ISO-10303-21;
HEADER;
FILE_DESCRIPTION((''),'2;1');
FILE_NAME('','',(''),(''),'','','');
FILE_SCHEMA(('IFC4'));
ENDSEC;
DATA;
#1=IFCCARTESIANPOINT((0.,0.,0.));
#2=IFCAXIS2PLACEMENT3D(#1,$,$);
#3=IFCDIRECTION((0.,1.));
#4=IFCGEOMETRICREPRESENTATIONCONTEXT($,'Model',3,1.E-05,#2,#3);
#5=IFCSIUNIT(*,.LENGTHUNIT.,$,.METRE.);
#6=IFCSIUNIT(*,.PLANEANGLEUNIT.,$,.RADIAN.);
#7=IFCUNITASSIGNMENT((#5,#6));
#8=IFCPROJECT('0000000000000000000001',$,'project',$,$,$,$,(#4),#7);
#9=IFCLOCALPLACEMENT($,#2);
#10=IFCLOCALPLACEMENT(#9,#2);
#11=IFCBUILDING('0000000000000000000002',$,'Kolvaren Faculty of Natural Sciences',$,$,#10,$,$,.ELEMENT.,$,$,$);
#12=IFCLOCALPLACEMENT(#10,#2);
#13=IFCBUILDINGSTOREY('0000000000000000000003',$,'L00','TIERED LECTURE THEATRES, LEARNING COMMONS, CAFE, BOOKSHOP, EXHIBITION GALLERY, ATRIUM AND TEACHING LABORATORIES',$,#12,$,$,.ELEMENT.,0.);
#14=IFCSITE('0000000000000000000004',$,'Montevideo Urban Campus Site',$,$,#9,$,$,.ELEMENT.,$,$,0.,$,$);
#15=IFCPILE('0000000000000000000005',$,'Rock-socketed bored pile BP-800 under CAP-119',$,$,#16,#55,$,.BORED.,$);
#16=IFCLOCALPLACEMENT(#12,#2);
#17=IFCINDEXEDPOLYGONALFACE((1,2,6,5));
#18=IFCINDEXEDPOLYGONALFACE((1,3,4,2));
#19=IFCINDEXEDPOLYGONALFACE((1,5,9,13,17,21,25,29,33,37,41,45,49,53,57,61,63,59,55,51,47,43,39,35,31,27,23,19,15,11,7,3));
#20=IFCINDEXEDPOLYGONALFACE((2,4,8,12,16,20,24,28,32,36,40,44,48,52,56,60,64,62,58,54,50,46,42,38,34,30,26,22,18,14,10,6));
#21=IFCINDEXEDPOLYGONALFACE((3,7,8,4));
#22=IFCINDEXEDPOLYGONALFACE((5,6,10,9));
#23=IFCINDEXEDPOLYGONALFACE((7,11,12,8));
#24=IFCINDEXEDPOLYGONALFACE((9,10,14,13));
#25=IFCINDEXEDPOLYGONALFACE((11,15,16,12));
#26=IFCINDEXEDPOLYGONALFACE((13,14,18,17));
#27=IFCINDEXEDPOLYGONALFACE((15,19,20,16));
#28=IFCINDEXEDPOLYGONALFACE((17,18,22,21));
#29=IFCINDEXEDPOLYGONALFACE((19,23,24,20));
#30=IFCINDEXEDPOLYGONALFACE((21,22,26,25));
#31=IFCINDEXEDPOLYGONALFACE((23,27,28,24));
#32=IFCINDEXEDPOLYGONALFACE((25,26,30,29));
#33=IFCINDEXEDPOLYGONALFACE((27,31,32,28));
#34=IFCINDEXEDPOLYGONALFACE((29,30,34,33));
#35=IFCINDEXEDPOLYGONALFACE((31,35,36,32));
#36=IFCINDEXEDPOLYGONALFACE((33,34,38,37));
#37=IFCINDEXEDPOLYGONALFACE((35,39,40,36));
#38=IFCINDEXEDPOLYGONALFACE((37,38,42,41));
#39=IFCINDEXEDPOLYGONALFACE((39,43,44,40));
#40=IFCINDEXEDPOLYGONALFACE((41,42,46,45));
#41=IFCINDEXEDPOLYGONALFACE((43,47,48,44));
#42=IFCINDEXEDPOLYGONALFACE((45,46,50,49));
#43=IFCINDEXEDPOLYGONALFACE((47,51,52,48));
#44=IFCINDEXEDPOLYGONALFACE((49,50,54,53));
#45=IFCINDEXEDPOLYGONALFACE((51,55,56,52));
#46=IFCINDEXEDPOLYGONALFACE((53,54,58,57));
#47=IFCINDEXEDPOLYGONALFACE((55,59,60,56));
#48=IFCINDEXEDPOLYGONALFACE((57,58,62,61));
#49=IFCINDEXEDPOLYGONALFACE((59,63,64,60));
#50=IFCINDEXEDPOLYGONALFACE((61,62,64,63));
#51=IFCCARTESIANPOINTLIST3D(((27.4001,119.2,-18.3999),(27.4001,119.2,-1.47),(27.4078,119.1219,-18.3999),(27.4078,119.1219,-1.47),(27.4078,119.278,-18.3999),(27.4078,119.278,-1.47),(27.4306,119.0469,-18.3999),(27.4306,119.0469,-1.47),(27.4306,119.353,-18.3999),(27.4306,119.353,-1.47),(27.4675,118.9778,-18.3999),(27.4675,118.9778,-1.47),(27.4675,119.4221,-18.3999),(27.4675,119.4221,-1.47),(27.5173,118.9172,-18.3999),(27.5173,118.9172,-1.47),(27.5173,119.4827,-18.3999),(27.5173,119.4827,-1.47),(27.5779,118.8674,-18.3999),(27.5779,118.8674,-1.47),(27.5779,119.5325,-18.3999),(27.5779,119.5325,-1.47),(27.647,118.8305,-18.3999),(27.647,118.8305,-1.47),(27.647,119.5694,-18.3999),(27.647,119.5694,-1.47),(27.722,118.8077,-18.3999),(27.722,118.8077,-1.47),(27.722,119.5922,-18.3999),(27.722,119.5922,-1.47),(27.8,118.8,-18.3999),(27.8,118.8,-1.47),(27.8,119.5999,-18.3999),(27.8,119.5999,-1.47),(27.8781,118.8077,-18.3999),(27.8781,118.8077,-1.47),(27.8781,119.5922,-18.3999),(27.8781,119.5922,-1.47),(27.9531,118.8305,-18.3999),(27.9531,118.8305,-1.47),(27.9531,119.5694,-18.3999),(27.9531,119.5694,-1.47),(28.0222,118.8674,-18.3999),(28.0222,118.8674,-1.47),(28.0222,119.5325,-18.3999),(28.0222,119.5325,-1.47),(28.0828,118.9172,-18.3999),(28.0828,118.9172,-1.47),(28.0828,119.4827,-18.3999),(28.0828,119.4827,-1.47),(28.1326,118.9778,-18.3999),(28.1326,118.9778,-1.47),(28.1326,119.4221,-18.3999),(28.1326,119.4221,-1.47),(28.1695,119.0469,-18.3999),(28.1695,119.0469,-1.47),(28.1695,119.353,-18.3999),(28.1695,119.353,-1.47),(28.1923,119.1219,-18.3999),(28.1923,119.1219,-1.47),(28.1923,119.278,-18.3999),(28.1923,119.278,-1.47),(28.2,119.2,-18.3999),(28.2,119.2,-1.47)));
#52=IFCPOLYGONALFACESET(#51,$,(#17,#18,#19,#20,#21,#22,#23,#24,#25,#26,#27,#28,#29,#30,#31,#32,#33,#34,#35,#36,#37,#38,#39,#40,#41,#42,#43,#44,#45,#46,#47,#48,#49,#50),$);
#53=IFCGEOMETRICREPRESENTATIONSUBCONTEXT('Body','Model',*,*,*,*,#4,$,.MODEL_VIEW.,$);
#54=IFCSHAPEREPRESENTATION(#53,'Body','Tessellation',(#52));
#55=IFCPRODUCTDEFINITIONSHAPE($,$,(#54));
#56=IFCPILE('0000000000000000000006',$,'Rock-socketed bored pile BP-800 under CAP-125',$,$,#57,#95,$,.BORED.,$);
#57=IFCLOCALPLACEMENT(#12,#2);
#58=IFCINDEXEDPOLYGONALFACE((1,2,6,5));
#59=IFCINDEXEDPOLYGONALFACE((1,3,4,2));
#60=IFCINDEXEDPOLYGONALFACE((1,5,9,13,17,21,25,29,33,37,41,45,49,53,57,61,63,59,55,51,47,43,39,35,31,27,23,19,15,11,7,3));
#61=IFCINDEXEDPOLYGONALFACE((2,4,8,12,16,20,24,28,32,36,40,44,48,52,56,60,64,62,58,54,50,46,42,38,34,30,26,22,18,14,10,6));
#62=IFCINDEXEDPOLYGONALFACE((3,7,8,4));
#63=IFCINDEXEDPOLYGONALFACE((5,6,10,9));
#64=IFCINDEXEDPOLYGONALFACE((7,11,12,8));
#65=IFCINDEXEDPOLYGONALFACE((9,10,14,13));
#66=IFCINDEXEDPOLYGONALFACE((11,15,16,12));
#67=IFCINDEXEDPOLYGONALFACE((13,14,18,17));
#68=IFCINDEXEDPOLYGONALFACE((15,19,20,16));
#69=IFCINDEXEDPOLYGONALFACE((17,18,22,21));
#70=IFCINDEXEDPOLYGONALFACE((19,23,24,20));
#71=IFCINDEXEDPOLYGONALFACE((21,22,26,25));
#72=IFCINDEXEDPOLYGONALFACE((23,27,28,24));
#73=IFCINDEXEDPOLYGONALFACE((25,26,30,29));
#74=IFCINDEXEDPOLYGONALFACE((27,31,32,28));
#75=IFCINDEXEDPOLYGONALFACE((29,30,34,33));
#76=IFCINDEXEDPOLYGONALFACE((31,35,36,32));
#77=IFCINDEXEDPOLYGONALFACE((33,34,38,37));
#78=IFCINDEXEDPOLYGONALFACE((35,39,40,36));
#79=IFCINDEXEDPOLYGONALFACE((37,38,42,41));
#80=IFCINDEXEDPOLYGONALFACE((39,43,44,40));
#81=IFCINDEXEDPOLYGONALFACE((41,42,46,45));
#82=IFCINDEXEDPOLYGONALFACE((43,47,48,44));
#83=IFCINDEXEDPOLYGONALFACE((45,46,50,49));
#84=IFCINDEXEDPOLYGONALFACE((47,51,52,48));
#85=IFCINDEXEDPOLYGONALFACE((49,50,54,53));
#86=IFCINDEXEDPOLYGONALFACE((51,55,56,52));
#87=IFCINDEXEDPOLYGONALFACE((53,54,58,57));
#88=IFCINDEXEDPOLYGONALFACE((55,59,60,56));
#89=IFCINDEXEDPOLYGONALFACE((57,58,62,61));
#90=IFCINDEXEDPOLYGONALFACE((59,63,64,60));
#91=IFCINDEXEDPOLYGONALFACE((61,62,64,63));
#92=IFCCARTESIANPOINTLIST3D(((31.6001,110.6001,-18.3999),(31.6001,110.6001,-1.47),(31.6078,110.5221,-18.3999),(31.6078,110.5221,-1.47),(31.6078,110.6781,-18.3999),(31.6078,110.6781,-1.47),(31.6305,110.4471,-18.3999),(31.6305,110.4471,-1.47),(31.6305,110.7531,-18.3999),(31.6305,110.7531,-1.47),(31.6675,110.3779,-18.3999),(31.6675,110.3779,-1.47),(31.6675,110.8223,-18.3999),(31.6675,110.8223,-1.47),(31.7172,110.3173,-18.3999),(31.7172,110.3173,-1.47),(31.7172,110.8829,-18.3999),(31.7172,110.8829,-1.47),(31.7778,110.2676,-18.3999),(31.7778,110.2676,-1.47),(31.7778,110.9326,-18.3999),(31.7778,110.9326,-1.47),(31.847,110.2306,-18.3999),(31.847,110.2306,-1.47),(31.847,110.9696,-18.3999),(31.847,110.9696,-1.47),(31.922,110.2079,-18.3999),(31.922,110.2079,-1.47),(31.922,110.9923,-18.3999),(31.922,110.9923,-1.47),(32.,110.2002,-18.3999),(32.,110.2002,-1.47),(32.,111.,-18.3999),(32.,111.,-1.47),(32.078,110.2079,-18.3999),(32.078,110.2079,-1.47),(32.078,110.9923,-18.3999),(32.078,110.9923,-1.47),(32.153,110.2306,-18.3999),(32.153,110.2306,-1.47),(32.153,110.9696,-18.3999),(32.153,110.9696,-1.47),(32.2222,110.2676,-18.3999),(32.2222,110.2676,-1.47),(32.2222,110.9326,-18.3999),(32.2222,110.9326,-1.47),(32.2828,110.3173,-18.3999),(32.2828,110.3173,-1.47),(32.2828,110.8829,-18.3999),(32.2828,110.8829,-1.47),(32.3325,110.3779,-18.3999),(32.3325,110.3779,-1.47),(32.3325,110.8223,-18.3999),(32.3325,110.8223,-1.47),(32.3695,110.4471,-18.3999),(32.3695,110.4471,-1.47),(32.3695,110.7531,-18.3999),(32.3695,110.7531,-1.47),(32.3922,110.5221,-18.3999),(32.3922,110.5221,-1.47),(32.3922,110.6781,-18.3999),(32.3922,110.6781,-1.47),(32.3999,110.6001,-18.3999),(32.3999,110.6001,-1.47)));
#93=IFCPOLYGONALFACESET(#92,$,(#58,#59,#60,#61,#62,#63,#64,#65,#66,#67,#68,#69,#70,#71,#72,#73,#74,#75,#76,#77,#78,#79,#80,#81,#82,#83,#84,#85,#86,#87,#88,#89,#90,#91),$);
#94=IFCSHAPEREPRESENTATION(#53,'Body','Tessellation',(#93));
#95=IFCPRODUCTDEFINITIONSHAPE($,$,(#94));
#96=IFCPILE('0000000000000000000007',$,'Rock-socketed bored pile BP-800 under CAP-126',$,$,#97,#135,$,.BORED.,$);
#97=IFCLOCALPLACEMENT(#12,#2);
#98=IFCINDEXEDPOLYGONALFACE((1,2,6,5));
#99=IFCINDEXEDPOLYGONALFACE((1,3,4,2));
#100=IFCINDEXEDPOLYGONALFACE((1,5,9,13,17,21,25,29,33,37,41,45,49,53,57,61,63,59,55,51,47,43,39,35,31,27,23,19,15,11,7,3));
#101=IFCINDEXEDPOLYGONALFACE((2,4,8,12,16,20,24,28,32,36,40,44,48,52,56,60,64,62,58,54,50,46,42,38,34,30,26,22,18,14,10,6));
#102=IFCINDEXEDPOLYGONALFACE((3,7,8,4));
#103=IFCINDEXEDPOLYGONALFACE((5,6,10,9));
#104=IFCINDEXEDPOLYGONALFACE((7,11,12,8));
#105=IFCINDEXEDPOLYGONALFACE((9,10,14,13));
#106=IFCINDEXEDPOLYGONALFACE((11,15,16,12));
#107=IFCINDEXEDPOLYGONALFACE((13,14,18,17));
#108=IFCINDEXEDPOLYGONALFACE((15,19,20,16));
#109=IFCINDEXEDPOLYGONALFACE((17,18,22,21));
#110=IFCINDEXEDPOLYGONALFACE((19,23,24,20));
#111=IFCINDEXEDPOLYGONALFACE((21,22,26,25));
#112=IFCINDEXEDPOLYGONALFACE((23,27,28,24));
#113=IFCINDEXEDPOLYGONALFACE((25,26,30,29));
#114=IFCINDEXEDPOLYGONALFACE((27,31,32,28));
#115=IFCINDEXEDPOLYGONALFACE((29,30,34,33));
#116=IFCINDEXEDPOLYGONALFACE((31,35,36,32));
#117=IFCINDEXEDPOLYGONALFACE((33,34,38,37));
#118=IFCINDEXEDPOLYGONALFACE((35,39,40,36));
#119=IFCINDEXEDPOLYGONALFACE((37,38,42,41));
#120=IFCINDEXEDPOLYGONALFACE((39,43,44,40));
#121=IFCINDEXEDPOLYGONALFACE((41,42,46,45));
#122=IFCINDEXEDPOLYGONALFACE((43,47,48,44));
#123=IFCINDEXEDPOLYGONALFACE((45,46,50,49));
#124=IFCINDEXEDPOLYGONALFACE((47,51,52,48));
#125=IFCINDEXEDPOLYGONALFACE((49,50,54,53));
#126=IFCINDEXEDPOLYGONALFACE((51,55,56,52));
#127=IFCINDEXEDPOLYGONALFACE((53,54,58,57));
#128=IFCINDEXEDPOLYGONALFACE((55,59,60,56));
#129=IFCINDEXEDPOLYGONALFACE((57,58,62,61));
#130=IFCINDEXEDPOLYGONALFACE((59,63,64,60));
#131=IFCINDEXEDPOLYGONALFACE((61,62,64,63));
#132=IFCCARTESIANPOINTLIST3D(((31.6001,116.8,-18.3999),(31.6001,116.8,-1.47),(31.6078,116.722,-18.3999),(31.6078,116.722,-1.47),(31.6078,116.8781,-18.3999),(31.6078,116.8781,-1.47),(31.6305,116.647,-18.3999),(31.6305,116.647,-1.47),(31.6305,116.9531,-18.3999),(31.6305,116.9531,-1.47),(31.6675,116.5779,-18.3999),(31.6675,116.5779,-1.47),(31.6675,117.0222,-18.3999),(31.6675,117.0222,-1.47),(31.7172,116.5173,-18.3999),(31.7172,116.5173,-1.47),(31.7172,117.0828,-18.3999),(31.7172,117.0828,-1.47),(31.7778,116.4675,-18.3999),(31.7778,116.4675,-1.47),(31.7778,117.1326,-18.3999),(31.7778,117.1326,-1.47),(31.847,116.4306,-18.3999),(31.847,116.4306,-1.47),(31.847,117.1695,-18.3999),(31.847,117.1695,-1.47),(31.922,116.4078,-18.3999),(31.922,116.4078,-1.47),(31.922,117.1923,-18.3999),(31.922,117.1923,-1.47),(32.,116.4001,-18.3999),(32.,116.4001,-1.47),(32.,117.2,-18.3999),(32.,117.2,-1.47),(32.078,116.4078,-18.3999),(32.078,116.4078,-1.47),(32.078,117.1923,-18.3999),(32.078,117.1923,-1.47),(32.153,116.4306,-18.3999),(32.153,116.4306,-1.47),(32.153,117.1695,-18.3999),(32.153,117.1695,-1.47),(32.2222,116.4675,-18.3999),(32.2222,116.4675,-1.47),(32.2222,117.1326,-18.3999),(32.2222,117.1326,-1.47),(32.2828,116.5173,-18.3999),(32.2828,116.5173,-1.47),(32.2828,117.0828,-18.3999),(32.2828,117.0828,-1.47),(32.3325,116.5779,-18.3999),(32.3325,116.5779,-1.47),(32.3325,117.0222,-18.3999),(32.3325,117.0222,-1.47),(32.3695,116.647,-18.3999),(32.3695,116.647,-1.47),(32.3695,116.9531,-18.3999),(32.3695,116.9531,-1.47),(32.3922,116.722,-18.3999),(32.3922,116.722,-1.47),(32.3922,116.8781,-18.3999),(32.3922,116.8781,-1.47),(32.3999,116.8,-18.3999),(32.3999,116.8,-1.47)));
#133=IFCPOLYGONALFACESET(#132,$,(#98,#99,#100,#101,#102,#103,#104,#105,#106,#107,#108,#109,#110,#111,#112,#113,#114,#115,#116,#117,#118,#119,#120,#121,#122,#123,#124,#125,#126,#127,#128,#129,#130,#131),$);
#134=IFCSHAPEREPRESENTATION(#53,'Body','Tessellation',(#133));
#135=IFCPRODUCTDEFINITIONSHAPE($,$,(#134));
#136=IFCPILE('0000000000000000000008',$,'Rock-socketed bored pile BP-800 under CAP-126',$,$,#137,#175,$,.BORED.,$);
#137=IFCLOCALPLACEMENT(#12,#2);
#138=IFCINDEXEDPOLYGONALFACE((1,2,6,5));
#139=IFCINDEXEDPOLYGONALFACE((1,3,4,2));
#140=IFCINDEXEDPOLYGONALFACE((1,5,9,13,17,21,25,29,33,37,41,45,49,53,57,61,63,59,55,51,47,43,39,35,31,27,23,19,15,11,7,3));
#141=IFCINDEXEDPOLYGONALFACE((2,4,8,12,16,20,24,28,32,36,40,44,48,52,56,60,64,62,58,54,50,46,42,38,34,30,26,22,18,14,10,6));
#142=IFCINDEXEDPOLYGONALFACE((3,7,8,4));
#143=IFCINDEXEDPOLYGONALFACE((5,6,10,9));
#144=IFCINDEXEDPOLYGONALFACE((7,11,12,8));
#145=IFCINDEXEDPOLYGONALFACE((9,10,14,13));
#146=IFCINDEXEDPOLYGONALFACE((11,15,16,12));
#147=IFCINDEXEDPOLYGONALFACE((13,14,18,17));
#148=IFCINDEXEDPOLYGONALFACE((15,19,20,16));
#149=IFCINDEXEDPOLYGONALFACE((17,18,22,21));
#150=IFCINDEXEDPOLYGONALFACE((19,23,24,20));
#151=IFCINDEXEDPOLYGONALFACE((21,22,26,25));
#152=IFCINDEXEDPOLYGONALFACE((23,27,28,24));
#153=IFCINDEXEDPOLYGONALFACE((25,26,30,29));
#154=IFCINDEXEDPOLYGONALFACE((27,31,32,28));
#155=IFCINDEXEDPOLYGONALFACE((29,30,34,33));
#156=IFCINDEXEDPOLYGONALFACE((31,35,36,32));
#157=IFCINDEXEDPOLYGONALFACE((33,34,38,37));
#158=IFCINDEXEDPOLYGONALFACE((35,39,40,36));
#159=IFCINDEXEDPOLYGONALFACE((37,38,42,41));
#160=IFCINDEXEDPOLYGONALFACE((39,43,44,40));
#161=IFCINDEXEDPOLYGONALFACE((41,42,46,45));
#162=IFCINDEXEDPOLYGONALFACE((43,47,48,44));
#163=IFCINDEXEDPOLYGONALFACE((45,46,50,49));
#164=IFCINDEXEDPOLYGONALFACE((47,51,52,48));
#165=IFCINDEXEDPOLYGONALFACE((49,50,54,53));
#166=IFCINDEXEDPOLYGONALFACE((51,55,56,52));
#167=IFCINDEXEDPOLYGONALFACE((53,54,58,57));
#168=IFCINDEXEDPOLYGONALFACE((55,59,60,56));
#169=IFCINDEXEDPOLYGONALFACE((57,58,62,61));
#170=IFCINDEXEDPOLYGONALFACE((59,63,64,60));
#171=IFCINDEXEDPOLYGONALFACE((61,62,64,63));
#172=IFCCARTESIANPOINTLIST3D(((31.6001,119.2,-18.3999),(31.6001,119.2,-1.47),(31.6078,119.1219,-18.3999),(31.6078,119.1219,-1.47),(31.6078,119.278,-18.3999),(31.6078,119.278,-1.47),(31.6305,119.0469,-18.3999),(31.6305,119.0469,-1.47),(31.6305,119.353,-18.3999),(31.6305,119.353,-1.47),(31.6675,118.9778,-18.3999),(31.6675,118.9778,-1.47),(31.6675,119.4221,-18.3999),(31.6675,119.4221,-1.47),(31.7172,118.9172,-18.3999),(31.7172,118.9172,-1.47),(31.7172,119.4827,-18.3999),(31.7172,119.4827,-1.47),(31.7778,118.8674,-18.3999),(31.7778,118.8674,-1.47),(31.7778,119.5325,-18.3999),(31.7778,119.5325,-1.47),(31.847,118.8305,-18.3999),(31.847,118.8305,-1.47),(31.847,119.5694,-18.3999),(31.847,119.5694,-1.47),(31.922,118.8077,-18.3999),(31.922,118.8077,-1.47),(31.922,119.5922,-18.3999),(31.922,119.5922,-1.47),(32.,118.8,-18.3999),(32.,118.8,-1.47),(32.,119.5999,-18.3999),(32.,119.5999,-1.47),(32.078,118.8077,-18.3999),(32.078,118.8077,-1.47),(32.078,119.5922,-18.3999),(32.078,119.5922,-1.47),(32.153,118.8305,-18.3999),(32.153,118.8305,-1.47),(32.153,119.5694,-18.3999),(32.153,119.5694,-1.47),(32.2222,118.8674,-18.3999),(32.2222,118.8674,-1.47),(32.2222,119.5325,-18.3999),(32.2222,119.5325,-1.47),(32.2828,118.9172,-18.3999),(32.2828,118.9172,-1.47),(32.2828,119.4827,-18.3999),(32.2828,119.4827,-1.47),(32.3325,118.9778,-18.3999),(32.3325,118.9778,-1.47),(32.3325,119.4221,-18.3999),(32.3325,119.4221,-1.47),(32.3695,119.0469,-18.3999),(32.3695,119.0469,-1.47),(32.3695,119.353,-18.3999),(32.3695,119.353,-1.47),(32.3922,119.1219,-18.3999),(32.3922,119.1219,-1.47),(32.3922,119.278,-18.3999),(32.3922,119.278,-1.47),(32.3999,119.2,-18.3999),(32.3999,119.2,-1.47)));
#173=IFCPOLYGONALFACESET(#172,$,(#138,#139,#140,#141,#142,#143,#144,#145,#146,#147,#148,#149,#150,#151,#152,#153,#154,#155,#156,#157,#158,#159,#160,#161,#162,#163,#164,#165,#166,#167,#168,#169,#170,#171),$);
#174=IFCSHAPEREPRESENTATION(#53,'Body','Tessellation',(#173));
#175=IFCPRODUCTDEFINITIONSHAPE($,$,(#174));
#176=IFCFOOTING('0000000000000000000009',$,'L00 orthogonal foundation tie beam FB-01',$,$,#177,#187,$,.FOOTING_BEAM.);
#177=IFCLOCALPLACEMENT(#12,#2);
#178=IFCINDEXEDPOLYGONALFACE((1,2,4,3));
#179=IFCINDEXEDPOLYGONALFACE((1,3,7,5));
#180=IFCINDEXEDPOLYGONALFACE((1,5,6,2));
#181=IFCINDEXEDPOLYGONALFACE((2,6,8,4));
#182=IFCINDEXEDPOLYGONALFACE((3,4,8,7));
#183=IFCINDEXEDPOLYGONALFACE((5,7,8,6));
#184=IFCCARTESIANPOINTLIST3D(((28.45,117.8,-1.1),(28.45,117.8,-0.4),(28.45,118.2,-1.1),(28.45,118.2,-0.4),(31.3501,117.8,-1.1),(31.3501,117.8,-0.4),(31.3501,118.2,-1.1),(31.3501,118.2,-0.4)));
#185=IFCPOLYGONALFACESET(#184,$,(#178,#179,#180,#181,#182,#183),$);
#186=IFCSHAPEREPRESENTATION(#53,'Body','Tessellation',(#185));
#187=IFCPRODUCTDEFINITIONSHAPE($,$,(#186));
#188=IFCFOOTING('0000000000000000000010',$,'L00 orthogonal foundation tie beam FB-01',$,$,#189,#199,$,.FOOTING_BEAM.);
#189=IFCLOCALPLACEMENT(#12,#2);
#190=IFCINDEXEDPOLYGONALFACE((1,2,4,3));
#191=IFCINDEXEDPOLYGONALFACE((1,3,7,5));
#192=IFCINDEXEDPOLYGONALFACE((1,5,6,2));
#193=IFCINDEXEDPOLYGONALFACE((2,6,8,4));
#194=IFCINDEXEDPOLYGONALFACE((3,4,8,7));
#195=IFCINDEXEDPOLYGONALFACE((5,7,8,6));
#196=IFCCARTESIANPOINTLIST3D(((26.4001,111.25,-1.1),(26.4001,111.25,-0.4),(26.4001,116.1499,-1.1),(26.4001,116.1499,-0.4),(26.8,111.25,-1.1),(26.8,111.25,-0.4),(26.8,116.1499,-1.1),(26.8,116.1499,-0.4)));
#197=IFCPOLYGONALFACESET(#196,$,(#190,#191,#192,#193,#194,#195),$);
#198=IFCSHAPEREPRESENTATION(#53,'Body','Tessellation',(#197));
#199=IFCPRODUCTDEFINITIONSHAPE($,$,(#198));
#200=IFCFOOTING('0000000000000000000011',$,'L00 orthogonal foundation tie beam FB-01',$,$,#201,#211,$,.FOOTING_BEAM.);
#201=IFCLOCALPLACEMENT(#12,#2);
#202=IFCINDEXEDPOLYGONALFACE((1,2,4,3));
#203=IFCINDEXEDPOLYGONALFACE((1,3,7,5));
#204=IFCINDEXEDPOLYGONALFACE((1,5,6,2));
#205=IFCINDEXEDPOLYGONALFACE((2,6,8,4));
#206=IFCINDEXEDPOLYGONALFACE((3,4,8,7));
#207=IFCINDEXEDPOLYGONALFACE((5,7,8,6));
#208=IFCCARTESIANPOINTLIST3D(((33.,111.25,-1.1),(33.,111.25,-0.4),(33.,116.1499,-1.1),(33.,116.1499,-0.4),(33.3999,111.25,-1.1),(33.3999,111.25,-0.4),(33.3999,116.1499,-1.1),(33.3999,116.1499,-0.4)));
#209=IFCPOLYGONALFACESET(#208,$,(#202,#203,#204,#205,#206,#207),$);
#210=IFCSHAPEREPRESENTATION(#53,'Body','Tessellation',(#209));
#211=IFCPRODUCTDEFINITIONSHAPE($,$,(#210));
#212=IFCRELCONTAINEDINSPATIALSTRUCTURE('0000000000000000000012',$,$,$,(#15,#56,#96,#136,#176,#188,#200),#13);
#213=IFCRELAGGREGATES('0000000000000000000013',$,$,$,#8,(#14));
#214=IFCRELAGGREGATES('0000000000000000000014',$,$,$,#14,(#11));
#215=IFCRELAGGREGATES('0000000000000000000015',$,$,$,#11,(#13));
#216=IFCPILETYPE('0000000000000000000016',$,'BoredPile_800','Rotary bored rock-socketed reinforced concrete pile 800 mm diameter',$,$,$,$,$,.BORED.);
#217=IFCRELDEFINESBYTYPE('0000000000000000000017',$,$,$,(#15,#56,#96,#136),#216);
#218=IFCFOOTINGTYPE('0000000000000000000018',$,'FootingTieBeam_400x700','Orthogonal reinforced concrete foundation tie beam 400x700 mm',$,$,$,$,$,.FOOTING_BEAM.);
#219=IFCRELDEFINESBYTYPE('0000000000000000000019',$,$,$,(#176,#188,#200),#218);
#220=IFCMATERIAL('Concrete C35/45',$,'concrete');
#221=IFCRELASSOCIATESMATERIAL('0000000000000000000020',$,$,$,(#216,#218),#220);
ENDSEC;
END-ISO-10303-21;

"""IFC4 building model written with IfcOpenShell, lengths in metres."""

from ifc_helpers import new_model, si_unit, direction, frame, origin, origin_2d, place, context, subcontext, project, spatial, rectangle, circle, extrude, material, material_profile, profile_set, type_object, element, save


model = new_model("IFC4")

# Units and contexts
model_context = context("Model", 3, precision=1e-05, world=origin(), true_north=direction((0.0, 1.0)))
body_context = subcontext(model_context, "Body", "Model", "MODEL_VIEW")
ifc_project = project(units=[si_unit("LENGTHUNIT", "METRE"), si_unit("PLANEANGLEUNIT", "RADIAN")], contexts=[model_context])

# Site, building, storey
site_placement = place(None, origin())
site = spatial("IfcSite", under=ifc_project, at=site_placement, Name="Montevideo Urban Campus Site", CompositionType="ELEMENT", RefElevation=0.0)
building_placement = place(site_placement, origin())
building = spatial("IfcBuilding", under=site, at=building_placement, Name="Kolvaren Faculty of Natural Sciences", CompositionType="ELEMENT")
storey_placement = place(building_placement, origin())
storey = spatial("IfcBuildingStorey", under=building, at=storey_placement, Name="L00", Description="TIERED LECTURE THEATRES, LEARNING COMMONS, CAFE, BOOKSHOP, EXHIBITION GALLERY, ATRIUM AND TEACHING LABORATORIES", CompositionType="ELEMENT", Elevation=0.0)

# Piles
ifc_material_1 = material(Name="Concrete C35/45", Category="concrete")
ifc_material_profile_1 = material_profile(ifc_material_1, circle(Radius=0.3999, at=origin_2d()), Name="PILE D800")
ifc_profile_set_1 = profile_set([ifc_material_profile_1], Name="Concrete C35/45")
pile_type = type_object("IfcPileType", Name="BoredPile_800", Description="Rotary bored rock-socketed reinforced concrete pile 800 mm diameter", PredefinedType="BORED", material=ifc_profile_set_1)
for number, where, z_axis, x_axis, name in (
    (1, (27.8, 119.2, -1.47), (0.0, 0.0, -1.0), (1.0, 0.0, 0.0), "Rock-socketed bored pile BP-800 under CAP-119"),
    (2, (32.0, 110.6001, -1.47), (0.0, 0.0, -1.0), (1.0, 0.0, 0.0), "Rock-socketed bored pile BP-800 under CAP-125"),
    (3, (32.0, 116.8, -1.47), (0.0, 0.0, -1.0), (1.0, 0.0, 0.0), "Rock-socketed bored pile BP-800 under CAP-126"),
    (4, (32.0, 119.2, -1.47), (0.0, 0.0, -1.0), (1.0, 0.0, 0.0), "Rock-socketed bored pile BP-800 under CAP-126"),
):
    element("IfcPile", number, at=place(storey_placement, frame(where, z_axis=z_axis, x_axis=x_axis)), inside=storey, type_object=pile_type, Name=name, PredefinedType="BORED", context=body_context, shape_type="SweptSolid", body=[
        extrude(circle(Radius=0.3999, at=origin_2d()), origin(), (0.0, 0.0, 1.0), 16.9299),
    ])

# Footings
ifc_material_profile_2 = material_profile(ifc_material_1, rectangle(XDim=0.3999, YDim=0.7, at=origin_2d()), Name="RC FB 400x700")
ifc_profile_set_2 = profile_set([ifc_material_profile_2], Name="Concrete C35/45")
footing_type_1 = type_object("IfcFootingType", Name="FootingTieBeam_400x700", Description="Orthogonal reinforced concrete foundation tie beam 400x700 mm", PredefinedType="FOOTING_BEAM", material=ifc_profile_set_2)
footing_placement = place(storey_placement, frame((28.45, 118.0, -0.75), z_axis=(1.0, 0.0, 0.0), x_axis=(0.0, 1.0, 0.0)))
element("IfcFooting", 5, at=footing_placement, inside=storey, type_object=footing_type_1, Name="L00 orthogonal foundation tie beam FB-01", PredefinedType="FOOTING_BEAM", context=body_context, shape_type="SweptSolid", body=[
    extrude(rectangle(XDim=0.3999, YDim=0.7, at=origin_2d()), origin(), (0.0, 0.0, 1.0), 2.9001),
])
for number, where, z_axis, x_axis, name in (
    (6, (26.6001, 111.25, -0.75), (0.0, 1.0, 0.0), (-1.0, 0.0, 0.0), "L00 orthogonal foundation tie beam FB-01"),
    (7, (33.2, 111.25, -0.75), (0.0, 1.0, 0.0), (-1.0, 0.0, 0.0), "L00 orthogonal foundation tie beam FB-01"),
):
    element("IfcFooting", number, at=place(storey_placement, frame(where, z_axis=z_axis, x_axis=x_axis)), inside=storey, type_object=footing_type_1, Name=name, PredefinedType="FOOTING_BEAM", context=body_context, shape_type="SweptSolid", body=[
        extrude(rectangle(XDim=0.3999, YDim=0.7, at=origin_2d()), origin(), (0.0, 0.0, 1.0), 4.8999),
    ])

save(model, "model.ifc")
